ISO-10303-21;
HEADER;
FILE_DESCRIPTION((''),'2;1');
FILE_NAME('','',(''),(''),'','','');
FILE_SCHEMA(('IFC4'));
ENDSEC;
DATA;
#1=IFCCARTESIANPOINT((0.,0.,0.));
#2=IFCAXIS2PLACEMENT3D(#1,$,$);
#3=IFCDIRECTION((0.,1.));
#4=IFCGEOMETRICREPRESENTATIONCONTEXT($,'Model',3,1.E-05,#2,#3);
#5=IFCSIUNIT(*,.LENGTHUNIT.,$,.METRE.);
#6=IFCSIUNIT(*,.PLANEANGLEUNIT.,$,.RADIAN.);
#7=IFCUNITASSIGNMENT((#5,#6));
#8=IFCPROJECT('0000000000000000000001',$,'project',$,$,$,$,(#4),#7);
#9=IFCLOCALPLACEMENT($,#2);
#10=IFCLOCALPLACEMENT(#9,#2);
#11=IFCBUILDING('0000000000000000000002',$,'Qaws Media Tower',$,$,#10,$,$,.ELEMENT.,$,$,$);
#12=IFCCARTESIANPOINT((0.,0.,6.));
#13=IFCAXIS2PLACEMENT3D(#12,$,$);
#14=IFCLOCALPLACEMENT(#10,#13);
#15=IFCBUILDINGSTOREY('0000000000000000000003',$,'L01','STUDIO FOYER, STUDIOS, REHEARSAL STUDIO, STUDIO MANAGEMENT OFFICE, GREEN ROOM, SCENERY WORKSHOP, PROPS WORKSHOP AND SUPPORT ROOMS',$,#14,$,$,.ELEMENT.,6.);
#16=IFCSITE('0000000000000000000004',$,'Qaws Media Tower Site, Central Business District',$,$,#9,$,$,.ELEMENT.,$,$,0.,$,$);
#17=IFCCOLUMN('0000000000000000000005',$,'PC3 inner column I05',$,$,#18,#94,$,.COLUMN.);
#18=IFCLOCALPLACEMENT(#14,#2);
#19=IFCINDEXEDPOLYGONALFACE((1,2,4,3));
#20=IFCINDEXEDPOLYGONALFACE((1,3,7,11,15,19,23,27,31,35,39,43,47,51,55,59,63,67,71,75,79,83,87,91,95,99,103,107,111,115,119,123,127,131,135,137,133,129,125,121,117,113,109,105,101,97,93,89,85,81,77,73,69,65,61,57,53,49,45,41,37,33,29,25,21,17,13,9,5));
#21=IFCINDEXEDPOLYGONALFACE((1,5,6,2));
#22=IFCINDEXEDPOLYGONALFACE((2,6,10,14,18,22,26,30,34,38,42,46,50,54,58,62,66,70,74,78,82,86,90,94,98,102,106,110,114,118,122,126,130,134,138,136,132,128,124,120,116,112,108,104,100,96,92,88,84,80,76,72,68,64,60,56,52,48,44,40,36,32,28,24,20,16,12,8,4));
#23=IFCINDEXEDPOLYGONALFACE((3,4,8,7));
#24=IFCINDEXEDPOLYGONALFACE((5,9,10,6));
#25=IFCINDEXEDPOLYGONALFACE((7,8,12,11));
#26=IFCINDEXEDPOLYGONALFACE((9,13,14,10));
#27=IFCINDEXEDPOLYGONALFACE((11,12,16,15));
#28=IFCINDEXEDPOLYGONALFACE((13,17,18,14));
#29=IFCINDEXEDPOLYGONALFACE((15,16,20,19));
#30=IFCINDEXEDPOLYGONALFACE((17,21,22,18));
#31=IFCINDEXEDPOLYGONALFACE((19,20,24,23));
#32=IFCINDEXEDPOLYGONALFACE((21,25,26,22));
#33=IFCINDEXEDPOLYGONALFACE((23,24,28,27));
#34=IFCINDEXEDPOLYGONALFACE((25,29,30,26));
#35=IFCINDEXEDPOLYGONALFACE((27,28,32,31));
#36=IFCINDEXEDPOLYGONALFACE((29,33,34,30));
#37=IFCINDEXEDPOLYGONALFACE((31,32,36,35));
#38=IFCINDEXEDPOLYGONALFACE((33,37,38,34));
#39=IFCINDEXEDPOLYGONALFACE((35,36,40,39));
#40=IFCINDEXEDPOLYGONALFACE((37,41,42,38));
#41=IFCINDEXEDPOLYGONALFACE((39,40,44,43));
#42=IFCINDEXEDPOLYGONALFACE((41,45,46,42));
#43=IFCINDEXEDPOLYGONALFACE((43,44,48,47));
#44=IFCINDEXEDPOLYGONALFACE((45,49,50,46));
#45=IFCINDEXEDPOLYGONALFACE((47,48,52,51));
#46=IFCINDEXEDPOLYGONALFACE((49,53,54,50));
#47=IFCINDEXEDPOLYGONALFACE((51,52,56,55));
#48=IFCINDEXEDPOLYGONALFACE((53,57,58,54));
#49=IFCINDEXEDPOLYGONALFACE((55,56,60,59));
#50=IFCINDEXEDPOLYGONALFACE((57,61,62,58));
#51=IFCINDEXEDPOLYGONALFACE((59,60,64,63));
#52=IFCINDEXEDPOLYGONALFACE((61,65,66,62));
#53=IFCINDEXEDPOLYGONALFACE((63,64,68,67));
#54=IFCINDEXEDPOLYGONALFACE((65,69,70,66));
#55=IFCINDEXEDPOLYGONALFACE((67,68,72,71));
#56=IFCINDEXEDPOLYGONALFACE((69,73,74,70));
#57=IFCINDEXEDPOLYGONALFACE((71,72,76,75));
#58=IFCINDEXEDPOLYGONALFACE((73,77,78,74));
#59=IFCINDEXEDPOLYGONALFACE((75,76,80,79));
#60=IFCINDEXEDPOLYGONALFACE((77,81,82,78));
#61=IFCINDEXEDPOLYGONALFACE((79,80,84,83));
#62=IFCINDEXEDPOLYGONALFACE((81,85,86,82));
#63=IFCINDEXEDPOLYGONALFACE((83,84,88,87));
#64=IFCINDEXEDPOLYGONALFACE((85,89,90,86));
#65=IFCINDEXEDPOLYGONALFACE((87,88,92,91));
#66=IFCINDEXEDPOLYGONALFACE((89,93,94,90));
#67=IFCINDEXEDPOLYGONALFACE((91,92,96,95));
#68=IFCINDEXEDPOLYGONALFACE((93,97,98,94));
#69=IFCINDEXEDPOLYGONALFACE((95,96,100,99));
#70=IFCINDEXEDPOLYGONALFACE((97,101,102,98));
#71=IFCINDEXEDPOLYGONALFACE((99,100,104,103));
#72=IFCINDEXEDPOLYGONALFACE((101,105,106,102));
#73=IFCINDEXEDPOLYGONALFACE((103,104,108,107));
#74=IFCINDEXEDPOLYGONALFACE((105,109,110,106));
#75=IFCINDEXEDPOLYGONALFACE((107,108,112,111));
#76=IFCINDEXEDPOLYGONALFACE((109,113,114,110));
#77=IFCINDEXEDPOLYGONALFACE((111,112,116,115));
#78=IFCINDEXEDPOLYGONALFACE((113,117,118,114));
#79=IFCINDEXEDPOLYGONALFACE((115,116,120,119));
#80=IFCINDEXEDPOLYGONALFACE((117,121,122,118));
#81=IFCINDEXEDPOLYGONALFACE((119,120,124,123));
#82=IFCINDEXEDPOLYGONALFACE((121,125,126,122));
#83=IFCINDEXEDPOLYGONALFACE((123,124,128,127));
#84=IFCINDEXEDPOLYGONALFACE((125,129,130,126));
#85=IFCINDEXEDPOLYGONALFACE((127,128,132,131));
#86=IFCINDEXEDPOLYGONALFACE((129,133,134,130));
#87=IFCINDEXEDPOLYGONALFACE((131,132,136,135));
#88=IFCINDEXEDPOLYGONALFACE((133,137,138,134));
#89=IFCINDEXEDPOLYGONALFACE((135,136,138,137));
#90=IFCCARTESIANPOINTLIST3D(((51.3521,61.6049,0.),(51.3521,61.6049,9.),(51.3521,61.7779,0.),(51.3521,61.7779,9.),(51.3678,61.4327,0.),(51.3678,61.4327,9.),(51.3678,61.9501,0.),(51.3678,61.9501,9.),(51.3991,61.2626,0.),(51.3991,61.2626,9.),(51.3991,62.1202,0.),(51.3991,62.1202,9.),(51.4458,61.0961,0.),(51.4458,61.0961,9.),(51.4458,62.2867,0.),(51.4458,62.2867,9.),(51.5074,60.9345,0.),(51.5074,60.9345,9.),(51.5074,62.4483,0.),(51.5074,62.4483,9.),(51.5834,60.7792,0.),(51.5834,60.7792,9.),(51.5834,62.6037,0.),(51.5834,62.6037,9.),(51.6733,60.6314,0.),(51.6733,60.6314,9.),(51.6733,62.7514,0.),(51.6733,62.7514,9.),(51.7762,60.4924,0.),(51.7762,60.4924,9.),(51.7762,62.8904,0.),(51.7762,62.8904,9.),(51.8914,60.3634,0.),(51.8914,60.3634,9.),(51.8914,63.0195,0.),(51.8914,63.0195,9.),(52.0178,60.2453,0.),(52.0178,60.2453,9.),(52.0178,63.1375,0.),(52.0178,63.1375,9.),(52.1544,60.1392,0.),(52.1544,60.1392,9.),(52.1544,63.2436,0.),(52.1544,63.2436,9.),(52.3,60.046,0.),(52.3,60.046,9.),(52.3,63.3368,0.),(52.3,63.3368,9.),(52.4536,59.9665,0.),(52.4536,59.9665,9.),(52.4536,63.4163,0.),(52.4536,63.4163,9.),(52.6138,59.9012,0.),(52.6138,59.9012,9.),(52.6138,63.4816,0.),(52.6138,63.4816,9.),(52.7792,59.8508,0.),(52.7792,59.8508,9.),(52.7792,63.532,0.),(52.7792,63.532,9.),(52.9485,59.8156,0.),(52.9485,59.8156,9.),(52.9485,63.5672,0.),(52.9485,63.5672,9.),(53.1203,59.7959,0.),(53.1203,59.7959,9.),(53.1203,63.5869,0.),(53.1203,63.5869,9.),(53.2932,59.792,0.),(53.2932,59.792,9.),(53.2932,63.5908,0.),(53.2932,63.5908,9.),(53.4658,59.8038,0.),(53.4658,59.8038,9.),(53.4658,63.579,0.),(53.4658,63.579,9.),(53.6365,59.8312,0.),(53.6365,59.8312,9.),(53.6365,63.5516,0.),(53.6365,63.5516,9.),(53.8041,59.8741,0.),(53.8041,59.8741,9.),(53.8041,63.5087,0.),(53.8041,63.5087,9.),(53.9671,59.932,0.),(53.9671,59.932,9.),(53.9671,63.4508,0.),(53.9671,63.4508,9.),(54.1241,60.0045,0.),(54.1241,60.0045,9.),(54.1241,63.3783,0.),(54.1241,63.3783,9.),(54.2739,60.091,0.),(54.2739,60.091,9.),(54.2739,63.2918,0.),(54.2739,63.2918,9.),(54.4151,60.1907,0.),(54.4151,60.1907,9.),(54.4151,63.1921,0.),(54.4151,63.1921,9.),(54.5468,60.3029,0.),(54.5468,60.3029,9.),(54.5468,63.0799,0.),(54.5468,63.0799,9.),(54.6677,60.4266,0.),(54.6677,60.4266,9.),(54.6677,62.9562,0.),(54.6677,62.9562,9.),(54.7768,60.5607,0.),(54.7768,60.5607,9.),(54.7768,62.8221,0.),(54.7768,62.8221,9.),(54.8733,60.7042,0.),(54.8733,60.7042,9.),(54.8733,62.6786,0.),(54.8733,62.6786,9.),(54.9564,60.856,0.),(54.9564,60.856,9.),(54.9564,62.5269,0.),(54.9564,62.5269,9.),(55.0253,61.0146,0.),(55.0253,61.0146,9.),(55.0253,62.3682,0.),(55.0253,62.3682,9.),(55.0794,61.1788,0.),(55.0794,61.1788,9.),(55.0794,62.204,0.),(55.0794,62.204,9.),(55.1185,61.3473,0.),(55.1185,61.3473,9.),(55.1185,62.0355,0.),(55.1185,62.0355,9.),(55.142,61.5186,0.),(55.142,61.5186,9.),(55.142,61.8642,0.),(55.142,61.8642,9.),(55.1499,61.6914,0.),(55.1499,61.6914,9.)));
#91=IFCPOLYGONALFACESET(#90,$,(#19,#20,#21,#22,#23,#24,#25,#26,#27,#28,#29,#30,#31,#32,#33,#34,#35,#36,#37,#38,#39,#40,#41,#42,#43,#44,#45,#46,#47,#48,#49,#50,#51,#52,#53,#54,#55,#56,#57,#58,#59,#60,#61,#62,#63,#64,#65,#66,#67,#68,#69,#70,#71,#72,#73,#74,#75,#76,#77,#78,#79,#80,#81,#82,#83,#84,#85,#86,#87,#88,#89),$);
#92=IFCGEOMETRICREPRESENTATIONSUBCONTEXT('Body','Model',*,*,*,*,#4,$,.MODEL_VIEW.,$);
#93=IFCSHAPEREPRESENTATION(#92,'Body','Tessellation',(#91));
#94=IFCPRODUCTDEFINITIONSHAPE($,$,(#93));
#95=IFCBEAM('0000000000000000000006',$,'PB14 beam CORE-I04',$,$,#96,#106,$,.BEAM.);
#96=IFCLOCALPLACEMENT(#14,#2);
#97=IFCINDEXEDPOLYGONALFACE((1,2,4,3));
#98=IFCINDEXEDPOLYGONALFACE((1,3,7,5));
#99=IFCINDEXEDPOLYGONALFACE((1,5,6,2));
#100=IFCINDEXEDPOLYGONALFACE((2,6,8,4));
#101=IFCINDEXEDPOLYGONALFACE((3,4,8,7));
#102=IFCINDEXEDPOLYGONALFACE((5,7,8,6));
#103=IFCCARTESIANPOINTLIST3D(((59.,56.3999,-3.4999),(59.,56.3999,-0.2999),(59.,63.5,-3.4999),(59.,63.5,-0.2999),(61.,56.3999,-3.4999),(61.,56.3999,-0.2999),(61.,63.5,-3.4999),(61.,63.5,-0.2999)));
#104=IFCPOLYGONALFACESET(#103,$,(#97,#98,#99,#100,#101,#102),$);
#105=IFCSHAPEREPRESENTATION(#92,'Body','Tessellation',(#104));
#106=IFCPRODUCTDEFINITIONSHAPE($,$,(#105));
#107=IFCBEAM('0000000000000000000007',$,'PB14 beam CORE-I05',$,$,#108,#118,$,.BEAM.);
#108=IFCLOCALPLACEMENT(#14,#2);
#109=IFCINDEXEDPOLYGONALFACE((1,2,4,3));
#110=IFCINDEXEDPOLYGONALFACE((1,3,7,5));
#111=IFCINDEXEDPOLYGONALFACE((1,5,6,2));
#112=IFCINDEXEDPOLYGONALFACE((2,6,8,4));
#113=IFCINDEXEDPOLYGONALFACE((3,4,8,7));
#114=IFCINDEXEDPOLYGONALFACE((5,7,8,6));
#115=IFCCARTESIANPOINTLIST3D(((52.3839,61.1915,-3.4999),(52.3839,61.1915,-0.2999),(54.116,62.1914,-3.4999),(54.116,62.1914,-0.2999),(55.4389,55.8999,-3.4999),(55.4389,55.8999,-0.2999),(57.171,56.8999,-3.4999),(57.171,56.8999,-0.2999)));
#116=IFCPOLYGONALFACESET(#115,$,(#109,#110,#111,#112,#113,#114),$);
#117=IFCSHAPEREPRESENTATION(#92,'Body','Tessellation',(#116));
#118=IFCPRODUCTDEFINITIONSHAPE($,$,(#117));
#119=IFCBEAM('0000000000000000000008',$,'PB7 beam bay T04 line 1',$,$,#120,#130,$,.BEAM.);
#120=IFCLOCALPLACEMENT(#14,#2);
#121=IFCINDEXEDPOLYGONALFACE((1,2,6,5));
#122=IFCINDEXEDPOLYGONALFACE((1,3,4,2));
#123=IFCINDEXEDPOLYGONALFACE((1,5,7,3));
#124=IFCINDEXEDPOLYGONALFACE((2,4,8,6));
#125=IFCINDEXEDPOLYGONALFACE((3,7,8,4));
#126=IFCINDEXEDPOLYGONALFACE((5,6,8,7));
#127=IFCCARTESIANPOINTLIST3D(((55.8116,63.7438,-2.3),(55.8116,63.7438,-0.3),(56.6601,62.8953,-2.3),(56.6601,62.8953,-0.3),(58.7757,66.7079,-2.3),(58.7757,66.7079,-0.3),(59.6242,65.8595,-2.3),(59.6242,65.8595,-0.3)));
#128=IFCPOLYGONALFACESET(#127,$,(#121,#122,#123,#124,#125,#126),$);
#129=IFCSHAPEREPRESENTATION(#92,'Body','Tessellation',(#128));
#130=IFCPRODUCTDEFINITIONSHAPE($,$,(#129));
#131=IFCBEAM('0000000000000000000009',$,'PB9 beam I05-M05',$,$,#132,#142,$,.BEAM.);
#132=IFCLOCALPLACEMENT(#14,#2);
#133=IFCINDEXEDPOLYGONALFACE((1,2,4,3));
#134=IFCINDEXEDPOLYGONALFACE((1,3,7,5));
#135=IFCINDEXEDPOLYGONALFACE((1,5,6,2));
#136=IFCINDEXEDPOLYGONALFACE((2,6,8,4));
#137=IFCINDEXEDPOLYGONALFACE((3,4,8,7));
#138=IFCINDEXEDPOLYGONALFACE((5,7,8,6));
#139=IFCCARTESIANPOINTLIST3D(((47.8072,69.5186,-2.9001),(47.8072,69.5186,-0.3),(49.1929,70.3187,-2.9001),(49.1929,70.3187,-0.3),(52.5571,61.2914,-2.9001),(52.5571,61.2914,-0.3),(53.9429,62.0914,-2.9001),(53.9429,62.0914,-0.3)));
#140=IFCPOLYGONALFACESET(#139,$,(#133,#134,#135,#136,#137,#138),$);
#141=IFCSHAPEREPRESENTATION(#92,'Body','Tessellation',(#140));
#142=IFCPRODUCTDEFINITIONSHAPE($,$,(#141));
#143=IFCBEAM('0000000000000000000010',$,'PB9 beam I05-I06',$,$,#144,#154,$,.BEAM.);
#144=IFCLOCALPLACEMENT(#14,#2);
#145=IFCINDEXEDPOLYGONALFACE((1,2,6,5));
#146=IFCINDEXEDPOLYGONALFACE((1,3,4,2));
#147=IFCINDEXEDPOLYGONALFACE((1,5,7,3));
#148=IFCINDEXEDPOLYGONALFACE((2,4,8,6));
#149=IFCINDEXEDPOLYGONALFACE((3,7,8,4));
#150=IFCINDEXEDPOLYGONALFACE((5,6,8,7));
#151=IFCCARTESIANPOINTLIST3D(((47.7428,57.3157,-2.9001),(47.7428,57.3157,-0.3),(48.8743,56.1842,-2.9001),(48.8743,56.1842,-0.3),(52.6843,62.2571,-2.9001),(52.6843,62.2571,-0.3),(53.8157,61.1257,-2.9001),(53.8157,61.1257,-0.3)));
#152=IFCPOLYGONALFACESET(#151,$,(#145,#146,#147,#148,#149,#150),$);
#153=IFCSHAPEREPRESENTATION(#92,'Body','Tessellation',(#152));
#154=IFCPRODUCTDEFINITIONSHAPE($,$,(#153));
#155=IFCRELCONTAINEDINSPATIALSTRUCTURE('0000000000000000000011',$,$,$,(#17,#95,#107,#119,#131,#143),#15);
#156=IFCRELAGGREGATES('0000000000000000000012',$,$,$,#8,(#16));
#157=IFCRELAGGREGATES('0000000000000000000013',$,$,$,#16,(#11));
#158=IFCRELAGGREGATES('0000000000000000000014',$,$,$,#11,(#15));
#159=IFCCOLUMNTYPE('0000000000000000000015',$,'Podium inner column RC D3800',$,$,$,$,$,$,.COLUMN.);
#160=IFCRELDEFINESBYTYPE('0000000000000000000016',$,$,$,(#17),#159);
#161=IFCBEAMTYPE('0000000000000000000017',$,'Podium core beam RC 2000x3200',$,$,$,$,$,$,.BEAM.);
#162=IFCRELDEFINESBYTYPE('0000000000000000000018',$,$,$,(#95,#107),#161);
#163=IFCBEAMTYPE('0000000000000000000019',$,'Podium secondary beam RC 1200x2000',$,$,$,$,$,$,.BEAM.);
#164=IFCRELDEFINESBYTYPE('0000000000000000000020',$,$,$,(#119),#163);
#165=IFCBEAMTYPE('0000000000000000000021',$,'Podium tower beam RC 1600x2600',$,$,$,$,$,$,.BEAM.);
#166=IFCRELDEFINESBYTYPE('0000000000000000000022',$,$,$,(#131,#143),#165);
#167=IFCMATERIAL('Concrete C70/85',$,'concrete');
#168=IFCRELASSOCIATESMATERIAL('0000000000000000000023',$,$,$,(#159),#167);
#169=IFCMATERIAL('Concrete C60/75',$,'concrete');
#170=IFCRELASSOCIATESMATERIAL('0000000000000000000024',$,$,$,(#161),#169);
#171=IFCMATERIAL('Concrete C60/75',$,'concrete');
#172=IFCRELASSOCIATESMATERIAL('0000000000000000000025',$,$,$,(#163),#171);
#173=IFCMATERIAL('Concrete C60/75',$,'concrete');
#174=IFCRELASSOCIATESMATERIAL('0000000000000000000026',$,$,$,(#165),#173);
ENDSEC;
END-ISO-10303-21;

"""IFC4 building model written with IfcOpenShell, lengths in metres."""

from ifc_helpers import new_model, si_unit, direction, frame, origin, origin_2d, place, context, subcontext, project, spatial, rectangle, circle, extrude, material, material_profile, profile_set, type_object, element, save


model = new_model("IFC4")

# Units and contexts
model_context = context("Model", 3, precision=1e-05, world=origin(), true_north=direction((0.0, 1.0)))
body_context = subcontext(model_context, "Body", "Model", "MODEL_VIEW")
ifc_project = project(units=[si_unit("LENGTHUNIT", "METRE"), si_unit("PLANEANGLEUNIT", "RADIAN")], contexts=[model_context])

# Site, building, storey
site_placement = place(None, origin())
site = spatial("IfcSite", under=ifc_project, at=site_placement, Name="Qaws Media Tower Site, Central Business District", CompositionType="ELEMENT", RefElevation=0.0)
building_placement = place(site_placement, origin())
building = spatial("IfcBuilding", under=site, at=building_placement, Name="Qaws Media Tower", CompositionType="ELEMENT")
storey_placement = place(building_placement, frame((0.0, 0.0, 6.0)))
storey = spatial("IfcBuildingStorey", under=building, at=storey_placement, Name="L01", Description="STUDIO FOYER, STUDIOS, REHEARSAL STUDIO, STUDIO MANAGEMENT OFFICE, GREEN ROOM, SCENERY WORKSHOP, PROPS WORKSHOP AND SUPPORT ROOMS", CompositionType="ELEMENT", Elevation=6.0)

# Column
ifc_material_1 = material(Name="Concrete C70/85", Category="concrete")
ifc_material_profile_1 = material_profile(ifc_material_1, circle(Radius=1.8999, at=origin_2d()), Name="RC D3800")
ifc_profile_set_1 = profile_set([ifc_material_profile_1], Name="Concrete C70/85")
column_type = type_object("IfcColumnType", Name="Podium inner column RC D3800", PredefinedType="COLUMN", material=ifc_profile_set_1)
column_placement = place(storey_placement, frame((53.25, 61.6914, 0.0), z_axis=(0.0, 0.0, 1.0), x_axis=(1.0, 0.0, 0.0)))
element("IfcColumn", 1, at=column_placement, inside=storey, type_object=column_type, Name="PC3 inner column I05", PredefinedType="COLUMN", context=body_context, shape_type="SweptSolid", body=[
    extrude(circle(Radius=1.8999, at=origin_2d()), origin(), (0.0, 0.0, 1.0), 9.0),
])

# Beams
ifc_material_2 = material(Name="Concrete C60/75", Category="concrete")
ifc_material_profile_2 = material_profile(ifc_material_2, rectangle(XDim=2.0, YDim=3.2, at=origin_2d()), Name="RC 2000x3200")
ifc_profile_set_2 = profile_set([ifc_material_profile_2], Name="Concrete C60/75")
beam_type_1 = type_object("IfcBeamType", Name="Podium core beam RC 2000x3200", PredefinedType="BEAM", material=ifc_profile_set_2)
beam_1_placement = place(storey_placement, frame((60.0, 56.3999, -1.8999), z_axis=(0.0, 1.0, 0.0), x_axis=(-1.0, 0.0, 0.0)))
element("IfcBeam", 2, at=beam_1_placement, inside=storey, type_object=beam_type_1, Name="PB14 beam CORE-I04", PredefinedType="BEAM", context=body_context, shape_type="SweptSolid", body=[
    extrude(rectangle(XDim=2.0, YDim=3.2, at=origin_2d()), origin(), (0.0, 0.0, 1.0), 7.1001),
])
beam_2_placement = place(storey_placement, frame((56.3049, 56.3999, -1.8999), z_axis=(-0.499985, 0.866034, 0.0), x_axis=(-0.866034, -0.499985, 0.0)))
element("IfcBeam", 3, at=beam_2_placement, inside=storey, type_object=beam_type_1, Name="PB14 beam CORE-I05", PredefinedType="BEAM", context=body_context, shape_type="SweptSolid", body=[
    extrude(rectangle(XDim=2.0, YDim=3.2, at=origin_2d()), origin(), (0.0, 0.0, 1.0), 6.1101),
])
ifc_material_3 = material(Name="Concrete C60/75", Category="concrete")
ifc_material_profile_3 = material_profile(ifc_material_3, rectangle(XDim=1.2, YDim=2.0, at=origin_2d()), Name="RC 1200x2000")
ifc_profile_set_3 = profile_set([ifc_material_profile_3], Name="Concrete C60/75")
beam_type_2 = type_object("IfcBeamType", Name="Podium secondary beam RC 1200x2000", PredefinedType="BEAM", material=ifc_profile_set_3)
beam_3_placement = place(storey_placement, frame((56.2358, 63.3196, -1.3), z_axis=(0.707107, 0.707107, 0.0), x_axis=(-0.707107, 0.707107, 0.0)))
element("IfcBeam", 4, at=beam_3_placement, inside=storey, type_object=beam_type_2, Name="PB7 beam bay T04 line 1", PredefinedType="BEAM", context=body_context, shape_type="SweptSolid", body=[
    extrude(rectangle(XDim=1.2, YDim=2.0, at=origin_2d()), origin(), (0.0, 0.0, 1.0), 4.1919),
])
ifc_material_4 = material(Name="Concrete C60/75", Category="concrete")
ifc_material_profile_4 = material_profile(ifc_material_4, rectangle(XDim=1.6001, YDim=2.6001, at=origin_2d()), Name="RC 1600x2600")
ifc_profile_set_4 = profile_set([ifc_material_profile_4], Name="Concrete C60/75")
beam_type_3 = type_object("IfcBeamType", Name="Podium tower beam RC 1600x2600", PredefinedType="BEAM", material=ifc_profile_set_4)
beam_4_placement = place(storey_placement, frame((53.25, 61.6914, -1.6001), z_axis=(-0.499998, 0.866027, 0.0), x_axis=(-0.866027, -0.499998, 0.0)))
element("IfcBeam", 5, at=beam_4_placement, inside=storey, type_object=beam_type_3, Name="PB9 beam I05-M05", PredefinedType="BEAM", context=body_context, shape_type="SweptSolid", body=[
    extrude(rectangle(XDim=1.6001, YDim=2.6001, at=origin_2d()), origin(), (0.0, 0.0, 1.0), 9.5),
])
beam_5_placement = place(storey_placement, frame((53.25, 61.6914, -1.6001), z_axis=(-0.707107, -0.707107, 0.0), x_axis=(0.707107, -0.707107, 0.0)))
element("IfcBeam", 6, at=beam_5_placement, inside=storey, type_object=beam_type_3, Name="PB9 beam I05-I06", PredefinedType="BEAM", context=body_context, shape_type="SweptSolid", body=[
    extrude(rectangle(XDim=1.6001, YDim=2.6001, at=origin_2d()), origin(), (0.0, 0.0, 1.0), 6.9883),
])

save(model, "model.ifc")
